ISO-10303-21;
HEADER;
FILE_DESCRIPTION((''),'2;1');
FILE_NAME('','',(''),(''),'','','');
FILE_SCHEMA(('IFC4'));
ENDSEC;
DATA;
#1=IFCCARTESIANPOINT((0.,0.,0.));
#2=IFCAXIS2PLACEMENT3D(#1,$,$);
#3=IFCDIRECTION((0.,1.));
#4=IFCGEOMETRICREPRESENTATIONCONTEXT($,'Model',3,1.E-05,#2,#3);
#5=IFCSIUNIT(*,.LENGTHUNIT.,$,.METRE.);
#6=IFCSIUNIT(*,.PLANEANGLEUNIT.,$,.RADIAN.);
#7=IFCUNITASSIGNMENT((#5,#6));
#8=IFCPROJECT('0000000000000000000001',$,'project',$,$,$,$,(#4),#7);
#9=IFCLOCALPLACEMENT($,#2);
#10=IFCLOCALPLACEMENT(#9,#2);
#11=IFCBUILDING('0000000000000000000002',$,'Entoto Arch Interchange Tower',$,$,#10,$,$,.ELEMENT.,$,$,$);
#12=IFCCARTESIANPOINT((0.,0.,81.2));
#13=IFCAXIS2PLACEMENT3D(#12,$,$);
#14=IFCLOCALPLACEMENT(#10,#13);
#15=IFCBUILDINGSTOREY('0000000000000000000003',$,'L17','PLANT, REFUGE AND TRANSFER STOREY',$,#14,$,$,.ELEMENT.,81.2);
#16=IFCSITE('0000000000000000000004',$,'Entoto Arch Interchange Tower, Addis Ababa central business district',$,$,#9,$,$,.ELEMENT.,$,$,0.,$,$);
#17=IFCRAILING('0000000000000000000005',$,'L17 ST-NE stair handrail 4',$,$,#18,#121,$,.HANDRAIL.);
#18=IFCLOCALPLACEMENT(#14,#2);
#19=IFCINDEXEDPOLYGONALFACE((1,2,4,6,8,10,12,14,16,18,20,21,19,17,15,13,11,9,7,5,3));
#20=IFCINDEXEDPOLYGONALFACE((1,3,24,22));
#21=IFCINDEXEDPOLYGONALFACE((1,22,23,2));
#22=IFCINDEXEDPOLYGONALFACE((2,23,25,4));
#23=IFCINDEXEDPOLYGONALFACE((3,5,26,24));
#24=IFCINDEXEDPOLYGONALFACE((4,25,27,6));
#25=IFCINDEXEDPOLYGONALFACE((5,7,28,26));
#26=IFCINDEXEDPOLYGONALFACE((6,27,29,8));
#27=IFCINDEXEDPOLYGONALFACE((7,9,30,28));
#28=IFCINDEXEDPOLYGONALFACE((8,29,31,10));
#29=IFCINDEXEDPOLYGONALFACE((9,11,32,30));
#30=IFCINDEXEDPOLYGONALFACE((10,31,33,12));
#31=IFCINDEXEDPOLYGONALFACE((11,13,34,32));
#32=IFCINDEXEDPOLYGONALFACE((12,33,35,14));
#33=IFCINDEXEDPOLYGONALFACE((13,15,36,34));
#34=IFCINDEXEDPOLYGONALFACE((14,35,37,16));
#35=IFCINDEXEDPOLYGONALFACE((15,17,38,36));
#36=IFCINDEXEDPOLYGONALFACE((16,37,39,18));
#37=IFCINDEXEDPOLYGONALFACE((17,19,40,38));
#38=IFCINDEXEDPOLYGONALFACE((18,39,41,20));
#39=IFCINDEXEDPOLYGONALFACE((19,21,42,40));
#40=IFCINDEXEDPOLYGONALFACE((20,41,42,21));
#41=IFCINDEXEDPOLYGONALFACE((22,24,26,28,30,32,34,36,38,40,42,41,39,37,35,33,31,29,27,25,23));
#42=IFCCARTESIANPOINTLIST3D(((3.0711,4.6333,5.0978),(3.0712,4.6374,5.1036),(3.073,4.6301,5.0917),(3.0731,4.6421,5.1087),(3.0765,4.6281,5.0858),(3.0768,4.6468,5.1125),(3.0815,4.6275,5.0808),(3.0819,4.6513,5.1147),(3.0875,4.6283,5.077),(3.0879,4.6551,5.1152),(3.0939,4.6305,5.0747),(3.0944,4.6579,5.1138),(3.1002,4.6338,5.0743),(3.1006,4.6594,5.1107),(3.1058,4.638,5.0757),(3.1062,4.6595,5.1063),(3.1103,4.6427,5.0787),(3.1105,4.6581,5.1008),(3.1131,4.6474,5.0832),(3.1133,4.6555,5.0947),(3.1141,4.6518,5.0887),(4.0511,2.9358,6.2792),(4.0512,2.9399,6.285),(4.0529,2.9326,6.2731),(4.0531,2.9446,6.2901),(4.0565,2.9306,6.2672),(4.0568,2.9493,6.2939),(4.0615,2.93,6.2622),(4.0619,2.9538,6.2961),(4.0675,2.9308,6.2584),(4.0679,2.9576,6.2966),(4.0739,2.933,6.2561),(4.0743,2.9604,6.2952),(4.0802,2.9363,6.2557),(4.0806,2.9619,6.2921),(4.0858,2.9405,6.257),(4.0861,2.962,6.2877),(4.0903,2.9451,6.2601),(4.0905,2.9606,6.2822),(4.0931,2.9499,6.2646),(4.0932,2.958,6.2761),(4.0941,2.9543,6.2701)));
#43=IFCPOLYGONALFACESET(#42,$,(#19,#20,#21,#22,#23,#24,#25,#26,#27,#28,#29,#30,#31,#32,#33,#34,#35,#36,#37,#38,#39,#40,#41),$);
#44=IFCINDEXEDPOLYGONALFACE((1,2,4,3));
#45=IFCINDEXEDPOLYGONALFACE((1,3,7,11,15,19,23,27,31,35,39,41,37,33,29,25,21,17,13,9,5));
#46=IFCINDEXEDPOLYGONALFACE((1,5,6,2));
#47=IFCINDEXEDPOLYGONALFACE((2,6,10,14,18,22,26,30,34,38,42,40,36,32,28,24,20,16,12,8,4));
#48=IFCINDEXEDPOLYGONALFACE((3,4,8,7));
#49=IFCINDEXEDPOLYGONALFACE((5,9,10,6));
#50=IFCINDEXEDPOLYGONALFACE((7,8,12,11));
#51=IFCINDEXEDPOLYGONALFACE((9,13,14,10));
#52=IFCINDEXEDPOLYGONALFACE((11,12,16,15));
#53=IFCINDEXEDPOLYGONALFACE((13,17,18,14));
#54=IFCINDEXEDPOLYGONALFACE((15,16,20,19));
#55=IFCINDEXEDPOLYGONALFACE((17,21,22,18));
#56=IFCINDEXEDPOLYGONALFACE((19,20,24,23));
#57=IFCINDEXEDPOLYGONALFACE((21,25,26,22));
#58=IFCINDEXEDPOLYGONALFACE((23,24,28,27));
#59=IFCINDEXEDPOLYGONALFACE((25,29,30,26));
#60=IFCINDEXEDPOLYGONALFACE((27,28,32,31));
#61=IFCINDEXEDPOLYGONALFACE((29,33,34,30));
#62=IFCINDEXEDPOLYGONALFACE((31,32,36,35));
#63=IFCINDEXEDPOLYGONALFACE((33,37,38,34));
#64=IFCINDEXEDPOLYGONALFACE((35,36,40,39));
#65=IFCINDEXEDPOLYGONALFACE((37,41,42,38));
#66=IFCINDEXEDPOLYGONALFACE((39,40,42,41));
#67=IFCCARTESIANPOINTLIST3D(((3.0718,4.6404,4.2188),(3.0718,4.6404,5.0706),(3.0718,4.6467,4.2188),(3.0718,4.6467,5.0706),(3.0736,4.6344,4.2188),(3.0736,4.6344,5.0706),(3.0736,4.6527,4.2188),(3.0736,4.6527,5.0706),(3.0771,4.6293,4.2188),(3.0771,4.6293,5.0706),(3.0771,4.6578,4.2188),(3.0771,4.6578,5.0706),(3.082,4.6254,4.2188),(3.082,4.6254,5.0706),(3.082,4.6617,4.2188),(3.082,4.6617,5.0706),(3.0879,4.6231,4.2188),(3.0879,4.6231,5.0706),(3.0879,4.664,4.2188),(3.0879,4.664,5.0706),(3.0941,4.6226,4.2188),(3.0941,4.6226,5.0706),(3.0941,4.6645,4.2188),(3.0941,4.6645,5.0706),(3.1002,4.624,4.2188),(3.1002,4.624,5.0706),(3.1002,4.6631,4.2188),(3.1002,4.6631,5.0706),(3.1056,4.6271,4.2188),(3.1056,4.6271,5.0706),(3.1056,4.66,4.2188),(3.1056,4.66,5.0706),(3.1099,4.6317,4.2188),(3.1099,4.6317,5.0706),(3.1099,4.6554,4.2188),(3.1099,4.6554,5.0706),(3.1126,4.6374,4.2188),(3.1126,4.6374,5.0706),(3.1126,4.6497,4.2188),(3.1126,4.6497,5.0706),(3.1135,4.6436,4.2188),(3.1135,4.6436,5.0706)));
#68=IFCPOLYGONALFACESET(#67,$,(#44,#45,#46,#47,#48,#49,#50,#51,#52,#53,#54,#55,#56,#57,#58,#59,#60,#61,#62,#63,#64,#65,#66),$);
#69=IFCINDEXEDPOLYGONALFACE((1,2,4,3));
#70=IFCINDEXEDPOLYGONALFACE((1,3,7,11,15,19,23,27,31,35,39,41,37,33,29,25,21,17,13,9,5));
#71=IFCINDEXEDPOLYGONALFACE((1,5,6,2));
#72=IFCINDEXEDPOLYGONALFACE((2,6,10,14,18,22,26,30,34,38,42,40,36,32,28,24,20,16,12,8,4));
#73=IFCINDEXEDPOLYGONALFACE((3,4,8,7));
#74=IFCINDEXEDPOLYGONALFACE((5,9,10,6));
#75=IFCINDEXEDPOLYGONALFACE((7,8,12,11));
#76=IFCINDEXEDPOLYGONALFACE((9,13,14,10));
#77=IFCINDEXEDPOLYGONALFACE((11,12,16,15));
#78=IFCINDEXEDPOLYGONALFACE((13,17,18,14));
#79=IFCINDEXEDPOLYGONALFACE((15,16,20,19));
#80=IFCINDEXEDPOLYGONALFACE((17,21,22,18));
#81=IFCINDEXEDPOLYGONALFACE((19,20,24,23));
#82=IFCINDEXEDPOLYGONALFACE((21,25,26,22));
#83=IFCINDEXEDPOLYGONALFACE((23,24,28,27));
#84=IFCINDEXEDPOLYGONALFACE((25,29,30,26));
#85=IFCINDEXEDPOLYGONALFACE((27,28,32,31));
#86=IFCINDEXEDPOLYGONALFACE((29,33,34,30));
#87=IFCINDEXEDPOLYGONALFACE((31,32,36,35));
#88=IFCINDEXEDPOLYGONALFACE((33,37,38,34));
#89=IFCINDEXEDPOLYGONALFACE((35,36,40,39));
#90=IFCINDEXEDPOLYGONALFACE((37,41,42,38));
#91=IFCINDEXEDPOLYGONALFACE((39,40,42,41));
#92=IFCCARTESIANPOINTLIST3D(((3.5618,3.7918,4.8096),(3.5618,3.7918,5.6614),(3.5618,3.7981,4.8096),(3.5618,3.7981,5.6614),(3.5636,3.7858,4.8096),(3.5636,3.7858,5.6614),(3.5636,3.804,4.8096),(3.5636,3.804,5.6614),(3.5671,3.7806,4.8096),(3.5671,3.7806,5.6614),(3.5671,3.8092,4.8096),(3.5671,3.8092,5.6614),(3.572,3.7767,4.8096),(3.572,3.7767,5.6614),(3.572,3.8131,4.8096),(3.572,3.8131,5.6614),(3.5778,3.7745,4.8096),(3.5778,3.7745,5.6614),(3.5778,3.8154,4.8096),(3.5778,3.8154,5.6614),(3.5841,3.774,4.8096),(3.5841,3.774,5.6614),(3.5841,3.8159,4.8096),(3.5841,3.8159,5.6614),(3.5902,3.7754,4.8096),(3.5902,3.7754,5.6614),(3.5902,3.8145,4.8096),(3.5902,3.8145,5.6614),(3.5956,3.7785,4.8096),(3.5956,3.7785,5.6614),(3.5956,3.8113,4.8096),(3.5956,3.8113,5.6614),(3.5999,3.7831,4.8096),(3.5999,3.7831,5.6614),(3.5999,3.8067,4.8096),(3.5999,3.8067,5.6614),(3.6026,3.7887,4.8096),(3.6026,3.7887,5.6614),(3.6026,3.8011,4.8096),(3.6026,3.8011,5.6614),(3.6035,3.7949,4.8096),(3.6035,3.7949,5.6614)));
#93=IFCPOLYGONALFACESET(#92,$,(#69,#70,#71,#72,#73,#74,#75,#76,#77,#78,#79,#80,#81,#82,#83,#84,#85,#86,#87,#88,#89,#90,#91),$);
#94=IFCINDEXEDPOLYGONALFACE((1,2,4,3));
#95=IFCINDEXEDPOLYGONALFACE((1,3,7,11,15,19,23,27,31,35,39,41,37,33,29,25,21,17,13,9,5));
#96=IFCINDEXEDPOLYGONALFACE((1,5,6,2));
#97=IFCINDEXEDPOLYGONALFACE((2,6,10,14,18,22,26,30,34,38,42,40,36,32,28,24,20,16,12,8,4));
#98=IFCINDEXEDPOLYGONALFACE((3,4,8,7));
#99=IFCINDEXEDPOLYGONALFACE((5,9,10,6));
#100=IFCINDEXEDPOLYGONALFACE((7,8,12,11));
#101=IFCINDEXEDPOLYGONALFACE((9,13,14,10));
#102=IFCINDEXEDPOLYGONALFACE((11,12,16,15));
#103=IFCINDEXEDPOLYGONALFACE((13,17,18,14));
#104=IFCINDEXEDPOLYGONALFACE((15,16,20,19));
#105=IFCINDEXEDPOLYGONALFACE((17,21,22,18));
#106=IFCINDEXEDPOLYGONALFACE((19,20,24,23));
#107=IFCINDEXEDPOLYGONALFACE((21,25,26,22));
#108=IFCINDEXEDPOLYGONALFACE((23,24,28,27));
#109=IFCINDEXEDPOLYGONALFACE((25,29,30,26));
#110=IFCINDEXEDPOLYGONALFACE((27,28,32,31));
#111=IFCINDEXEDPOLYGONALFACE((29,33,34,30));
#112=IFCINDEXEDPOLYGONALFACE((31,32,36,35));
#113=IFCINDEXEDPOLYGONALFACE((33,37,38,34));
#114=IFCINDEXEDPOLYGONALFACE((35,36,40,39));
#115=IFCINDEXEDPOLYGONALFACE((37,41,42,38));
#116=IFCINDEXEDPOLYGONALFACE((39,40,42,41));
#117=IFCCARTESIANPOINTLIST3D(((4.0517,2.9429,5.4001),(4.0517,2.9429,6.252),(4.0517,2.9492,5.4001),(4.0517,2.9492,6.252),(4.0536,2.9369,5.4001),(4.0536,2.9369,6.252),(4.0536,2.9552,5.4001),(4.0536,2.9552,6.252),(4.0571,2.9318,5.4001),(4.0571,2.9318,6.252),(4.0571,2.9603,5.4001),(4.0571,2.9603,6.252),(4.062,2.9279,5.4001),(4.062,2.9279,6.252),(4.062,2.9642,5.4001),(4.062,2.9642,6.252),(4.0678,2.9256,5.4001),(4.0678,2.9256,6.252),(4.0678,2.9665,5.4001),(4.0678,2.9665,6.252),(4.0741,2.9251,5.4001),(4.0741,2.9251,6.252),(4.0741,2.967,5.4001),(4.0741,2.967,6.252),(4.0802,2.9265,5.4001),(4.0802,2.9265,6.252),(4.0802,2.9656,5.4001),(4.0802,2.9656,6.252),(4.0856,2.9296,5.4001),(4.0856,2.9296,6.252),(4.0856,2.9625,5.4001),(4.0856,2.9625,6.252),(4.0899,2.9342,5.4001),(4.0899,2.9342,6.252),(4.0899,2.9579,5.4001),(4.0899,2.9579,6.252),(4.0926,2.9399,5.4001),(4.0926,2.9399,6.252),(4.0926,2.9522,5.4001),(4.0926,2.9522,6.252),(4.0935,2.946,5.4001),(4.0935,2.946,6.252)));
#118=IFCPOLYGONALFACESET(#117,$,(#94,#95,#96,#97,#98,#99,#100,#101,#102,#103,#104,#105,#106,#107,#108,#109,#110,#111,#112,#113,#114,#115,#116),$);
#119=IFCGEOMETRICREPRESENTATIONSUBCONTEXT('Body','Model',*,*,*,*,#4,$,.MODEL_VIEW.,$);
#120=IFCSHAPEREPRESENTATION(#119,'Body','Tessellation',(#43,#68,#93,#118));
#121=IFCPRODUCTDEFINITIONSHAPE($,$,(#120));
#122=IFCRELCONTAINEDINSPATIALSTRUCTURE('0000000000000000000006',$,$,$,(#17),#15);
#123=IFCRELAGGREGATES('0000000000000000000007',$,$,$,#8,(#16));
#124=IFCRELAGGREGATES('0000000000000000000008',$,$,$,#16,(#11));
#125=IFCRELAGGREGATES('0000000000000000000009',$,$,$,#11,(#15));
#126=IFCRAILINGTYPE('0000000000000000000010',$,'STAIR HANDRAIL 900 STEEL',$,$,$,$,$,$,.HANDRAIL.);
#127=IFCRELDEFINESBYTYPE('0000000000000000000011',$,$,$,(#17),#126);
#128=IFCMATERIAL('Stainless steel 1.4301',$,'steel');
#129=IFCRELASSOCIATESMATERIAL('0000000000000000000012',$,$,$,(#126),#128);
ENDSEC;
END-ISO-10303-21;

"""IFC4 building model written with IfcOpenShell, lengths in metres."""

from ifc_helpers import new_model, si_unit, direction, frame, origin, origin_2d, place, context, subcontext, project, spatial, circle, extrude, material, type_object, element, save


model = new_model("IFC4")

# Units and contexts
model_context = context("Model", 3, precision=1e-05, world=origin(), true_north=direction((0.0, 1.0)))
body_context = subcontext(model_context, "Body", "Model", "MODEL_VIEW")
ifc_project = project(units=[si_unit("LENGTHUNIT", "METRE"), si_unit("PLANEANGLEUNIT", "RADIAN")], contexts=[model_context])

# Site, building, storey
site_placement = place(None, origin())
site = spatial("IfcSite", under=ifc_project, at=site_placement, Name="Entoto Arch Interchange Tower, Addis Ababa central business district", CompositionType="ELEMENT", RefElevation=0.0)
building_placement = place(site_placement, origin())
building = spatial("IfcBuilding", under=site, at=building_placement, Name="Entoto Arch Interchange Tower", CompositionType="ELEMENT")
storey_placement = place(building_placement, frame((0.0, 0.0, 81.2)))
storey = spatial("IfcBuildingStorey", under=building, at=storey_placement, Name="L17", Description="PLANT, REFUGE AND TRANSFER STOREY", CompositionType="ELEMENT", Elevation=81.2)

# Railing
ifc_material_1 = material(Name="Stainless steel 1.4301", Category="steel")
railing_type_1 = type_object("IfcRailingType", Name="STAIR HANDRAIL 900 STEEL", PredefinedType="HANDRAIL", material=ifc_material_1)
railing_1_placement = place(storey_placement, frame((3.0925, 4.6436, 4.2188)))
element("IfcRailing", 1, at=railing_1_placement, inside=storey, type_object=railing_type_1, Name="L17 ST-NE stair handrail 4", PredefinedType="HANDRAIL", context=body_context, shape_type="SweptSolid", body=[
    extrude(circle(Radius=0.0239, at=origin_2d()), frame((0.0, 0.0, 0.876), z_axis=(0.428205, -0.741731, 0.516214), x_axis=(0.866042, 0.49997, 0.0)), (0.0, 0.0, 1.0), 2.2886),
    extrude(circle(Radius=0.021, at=origin_2d()), origin(), (0.0, 0.0, 1.0), 0.8518),
    extrude(circle(Radius=0.021, at=origin_2d()), frame((0.49, -0.8486, 0.5908)), (0.0, 0.0, 1.0), 0.8518),
    extrude(circle(Radius=0.021, at=origin_2d()), frame((0.98, -1.6975, 1.1814)), (0.0, 0.0, 1.0), 0.8518),
])

save(model, "model.ifc")
